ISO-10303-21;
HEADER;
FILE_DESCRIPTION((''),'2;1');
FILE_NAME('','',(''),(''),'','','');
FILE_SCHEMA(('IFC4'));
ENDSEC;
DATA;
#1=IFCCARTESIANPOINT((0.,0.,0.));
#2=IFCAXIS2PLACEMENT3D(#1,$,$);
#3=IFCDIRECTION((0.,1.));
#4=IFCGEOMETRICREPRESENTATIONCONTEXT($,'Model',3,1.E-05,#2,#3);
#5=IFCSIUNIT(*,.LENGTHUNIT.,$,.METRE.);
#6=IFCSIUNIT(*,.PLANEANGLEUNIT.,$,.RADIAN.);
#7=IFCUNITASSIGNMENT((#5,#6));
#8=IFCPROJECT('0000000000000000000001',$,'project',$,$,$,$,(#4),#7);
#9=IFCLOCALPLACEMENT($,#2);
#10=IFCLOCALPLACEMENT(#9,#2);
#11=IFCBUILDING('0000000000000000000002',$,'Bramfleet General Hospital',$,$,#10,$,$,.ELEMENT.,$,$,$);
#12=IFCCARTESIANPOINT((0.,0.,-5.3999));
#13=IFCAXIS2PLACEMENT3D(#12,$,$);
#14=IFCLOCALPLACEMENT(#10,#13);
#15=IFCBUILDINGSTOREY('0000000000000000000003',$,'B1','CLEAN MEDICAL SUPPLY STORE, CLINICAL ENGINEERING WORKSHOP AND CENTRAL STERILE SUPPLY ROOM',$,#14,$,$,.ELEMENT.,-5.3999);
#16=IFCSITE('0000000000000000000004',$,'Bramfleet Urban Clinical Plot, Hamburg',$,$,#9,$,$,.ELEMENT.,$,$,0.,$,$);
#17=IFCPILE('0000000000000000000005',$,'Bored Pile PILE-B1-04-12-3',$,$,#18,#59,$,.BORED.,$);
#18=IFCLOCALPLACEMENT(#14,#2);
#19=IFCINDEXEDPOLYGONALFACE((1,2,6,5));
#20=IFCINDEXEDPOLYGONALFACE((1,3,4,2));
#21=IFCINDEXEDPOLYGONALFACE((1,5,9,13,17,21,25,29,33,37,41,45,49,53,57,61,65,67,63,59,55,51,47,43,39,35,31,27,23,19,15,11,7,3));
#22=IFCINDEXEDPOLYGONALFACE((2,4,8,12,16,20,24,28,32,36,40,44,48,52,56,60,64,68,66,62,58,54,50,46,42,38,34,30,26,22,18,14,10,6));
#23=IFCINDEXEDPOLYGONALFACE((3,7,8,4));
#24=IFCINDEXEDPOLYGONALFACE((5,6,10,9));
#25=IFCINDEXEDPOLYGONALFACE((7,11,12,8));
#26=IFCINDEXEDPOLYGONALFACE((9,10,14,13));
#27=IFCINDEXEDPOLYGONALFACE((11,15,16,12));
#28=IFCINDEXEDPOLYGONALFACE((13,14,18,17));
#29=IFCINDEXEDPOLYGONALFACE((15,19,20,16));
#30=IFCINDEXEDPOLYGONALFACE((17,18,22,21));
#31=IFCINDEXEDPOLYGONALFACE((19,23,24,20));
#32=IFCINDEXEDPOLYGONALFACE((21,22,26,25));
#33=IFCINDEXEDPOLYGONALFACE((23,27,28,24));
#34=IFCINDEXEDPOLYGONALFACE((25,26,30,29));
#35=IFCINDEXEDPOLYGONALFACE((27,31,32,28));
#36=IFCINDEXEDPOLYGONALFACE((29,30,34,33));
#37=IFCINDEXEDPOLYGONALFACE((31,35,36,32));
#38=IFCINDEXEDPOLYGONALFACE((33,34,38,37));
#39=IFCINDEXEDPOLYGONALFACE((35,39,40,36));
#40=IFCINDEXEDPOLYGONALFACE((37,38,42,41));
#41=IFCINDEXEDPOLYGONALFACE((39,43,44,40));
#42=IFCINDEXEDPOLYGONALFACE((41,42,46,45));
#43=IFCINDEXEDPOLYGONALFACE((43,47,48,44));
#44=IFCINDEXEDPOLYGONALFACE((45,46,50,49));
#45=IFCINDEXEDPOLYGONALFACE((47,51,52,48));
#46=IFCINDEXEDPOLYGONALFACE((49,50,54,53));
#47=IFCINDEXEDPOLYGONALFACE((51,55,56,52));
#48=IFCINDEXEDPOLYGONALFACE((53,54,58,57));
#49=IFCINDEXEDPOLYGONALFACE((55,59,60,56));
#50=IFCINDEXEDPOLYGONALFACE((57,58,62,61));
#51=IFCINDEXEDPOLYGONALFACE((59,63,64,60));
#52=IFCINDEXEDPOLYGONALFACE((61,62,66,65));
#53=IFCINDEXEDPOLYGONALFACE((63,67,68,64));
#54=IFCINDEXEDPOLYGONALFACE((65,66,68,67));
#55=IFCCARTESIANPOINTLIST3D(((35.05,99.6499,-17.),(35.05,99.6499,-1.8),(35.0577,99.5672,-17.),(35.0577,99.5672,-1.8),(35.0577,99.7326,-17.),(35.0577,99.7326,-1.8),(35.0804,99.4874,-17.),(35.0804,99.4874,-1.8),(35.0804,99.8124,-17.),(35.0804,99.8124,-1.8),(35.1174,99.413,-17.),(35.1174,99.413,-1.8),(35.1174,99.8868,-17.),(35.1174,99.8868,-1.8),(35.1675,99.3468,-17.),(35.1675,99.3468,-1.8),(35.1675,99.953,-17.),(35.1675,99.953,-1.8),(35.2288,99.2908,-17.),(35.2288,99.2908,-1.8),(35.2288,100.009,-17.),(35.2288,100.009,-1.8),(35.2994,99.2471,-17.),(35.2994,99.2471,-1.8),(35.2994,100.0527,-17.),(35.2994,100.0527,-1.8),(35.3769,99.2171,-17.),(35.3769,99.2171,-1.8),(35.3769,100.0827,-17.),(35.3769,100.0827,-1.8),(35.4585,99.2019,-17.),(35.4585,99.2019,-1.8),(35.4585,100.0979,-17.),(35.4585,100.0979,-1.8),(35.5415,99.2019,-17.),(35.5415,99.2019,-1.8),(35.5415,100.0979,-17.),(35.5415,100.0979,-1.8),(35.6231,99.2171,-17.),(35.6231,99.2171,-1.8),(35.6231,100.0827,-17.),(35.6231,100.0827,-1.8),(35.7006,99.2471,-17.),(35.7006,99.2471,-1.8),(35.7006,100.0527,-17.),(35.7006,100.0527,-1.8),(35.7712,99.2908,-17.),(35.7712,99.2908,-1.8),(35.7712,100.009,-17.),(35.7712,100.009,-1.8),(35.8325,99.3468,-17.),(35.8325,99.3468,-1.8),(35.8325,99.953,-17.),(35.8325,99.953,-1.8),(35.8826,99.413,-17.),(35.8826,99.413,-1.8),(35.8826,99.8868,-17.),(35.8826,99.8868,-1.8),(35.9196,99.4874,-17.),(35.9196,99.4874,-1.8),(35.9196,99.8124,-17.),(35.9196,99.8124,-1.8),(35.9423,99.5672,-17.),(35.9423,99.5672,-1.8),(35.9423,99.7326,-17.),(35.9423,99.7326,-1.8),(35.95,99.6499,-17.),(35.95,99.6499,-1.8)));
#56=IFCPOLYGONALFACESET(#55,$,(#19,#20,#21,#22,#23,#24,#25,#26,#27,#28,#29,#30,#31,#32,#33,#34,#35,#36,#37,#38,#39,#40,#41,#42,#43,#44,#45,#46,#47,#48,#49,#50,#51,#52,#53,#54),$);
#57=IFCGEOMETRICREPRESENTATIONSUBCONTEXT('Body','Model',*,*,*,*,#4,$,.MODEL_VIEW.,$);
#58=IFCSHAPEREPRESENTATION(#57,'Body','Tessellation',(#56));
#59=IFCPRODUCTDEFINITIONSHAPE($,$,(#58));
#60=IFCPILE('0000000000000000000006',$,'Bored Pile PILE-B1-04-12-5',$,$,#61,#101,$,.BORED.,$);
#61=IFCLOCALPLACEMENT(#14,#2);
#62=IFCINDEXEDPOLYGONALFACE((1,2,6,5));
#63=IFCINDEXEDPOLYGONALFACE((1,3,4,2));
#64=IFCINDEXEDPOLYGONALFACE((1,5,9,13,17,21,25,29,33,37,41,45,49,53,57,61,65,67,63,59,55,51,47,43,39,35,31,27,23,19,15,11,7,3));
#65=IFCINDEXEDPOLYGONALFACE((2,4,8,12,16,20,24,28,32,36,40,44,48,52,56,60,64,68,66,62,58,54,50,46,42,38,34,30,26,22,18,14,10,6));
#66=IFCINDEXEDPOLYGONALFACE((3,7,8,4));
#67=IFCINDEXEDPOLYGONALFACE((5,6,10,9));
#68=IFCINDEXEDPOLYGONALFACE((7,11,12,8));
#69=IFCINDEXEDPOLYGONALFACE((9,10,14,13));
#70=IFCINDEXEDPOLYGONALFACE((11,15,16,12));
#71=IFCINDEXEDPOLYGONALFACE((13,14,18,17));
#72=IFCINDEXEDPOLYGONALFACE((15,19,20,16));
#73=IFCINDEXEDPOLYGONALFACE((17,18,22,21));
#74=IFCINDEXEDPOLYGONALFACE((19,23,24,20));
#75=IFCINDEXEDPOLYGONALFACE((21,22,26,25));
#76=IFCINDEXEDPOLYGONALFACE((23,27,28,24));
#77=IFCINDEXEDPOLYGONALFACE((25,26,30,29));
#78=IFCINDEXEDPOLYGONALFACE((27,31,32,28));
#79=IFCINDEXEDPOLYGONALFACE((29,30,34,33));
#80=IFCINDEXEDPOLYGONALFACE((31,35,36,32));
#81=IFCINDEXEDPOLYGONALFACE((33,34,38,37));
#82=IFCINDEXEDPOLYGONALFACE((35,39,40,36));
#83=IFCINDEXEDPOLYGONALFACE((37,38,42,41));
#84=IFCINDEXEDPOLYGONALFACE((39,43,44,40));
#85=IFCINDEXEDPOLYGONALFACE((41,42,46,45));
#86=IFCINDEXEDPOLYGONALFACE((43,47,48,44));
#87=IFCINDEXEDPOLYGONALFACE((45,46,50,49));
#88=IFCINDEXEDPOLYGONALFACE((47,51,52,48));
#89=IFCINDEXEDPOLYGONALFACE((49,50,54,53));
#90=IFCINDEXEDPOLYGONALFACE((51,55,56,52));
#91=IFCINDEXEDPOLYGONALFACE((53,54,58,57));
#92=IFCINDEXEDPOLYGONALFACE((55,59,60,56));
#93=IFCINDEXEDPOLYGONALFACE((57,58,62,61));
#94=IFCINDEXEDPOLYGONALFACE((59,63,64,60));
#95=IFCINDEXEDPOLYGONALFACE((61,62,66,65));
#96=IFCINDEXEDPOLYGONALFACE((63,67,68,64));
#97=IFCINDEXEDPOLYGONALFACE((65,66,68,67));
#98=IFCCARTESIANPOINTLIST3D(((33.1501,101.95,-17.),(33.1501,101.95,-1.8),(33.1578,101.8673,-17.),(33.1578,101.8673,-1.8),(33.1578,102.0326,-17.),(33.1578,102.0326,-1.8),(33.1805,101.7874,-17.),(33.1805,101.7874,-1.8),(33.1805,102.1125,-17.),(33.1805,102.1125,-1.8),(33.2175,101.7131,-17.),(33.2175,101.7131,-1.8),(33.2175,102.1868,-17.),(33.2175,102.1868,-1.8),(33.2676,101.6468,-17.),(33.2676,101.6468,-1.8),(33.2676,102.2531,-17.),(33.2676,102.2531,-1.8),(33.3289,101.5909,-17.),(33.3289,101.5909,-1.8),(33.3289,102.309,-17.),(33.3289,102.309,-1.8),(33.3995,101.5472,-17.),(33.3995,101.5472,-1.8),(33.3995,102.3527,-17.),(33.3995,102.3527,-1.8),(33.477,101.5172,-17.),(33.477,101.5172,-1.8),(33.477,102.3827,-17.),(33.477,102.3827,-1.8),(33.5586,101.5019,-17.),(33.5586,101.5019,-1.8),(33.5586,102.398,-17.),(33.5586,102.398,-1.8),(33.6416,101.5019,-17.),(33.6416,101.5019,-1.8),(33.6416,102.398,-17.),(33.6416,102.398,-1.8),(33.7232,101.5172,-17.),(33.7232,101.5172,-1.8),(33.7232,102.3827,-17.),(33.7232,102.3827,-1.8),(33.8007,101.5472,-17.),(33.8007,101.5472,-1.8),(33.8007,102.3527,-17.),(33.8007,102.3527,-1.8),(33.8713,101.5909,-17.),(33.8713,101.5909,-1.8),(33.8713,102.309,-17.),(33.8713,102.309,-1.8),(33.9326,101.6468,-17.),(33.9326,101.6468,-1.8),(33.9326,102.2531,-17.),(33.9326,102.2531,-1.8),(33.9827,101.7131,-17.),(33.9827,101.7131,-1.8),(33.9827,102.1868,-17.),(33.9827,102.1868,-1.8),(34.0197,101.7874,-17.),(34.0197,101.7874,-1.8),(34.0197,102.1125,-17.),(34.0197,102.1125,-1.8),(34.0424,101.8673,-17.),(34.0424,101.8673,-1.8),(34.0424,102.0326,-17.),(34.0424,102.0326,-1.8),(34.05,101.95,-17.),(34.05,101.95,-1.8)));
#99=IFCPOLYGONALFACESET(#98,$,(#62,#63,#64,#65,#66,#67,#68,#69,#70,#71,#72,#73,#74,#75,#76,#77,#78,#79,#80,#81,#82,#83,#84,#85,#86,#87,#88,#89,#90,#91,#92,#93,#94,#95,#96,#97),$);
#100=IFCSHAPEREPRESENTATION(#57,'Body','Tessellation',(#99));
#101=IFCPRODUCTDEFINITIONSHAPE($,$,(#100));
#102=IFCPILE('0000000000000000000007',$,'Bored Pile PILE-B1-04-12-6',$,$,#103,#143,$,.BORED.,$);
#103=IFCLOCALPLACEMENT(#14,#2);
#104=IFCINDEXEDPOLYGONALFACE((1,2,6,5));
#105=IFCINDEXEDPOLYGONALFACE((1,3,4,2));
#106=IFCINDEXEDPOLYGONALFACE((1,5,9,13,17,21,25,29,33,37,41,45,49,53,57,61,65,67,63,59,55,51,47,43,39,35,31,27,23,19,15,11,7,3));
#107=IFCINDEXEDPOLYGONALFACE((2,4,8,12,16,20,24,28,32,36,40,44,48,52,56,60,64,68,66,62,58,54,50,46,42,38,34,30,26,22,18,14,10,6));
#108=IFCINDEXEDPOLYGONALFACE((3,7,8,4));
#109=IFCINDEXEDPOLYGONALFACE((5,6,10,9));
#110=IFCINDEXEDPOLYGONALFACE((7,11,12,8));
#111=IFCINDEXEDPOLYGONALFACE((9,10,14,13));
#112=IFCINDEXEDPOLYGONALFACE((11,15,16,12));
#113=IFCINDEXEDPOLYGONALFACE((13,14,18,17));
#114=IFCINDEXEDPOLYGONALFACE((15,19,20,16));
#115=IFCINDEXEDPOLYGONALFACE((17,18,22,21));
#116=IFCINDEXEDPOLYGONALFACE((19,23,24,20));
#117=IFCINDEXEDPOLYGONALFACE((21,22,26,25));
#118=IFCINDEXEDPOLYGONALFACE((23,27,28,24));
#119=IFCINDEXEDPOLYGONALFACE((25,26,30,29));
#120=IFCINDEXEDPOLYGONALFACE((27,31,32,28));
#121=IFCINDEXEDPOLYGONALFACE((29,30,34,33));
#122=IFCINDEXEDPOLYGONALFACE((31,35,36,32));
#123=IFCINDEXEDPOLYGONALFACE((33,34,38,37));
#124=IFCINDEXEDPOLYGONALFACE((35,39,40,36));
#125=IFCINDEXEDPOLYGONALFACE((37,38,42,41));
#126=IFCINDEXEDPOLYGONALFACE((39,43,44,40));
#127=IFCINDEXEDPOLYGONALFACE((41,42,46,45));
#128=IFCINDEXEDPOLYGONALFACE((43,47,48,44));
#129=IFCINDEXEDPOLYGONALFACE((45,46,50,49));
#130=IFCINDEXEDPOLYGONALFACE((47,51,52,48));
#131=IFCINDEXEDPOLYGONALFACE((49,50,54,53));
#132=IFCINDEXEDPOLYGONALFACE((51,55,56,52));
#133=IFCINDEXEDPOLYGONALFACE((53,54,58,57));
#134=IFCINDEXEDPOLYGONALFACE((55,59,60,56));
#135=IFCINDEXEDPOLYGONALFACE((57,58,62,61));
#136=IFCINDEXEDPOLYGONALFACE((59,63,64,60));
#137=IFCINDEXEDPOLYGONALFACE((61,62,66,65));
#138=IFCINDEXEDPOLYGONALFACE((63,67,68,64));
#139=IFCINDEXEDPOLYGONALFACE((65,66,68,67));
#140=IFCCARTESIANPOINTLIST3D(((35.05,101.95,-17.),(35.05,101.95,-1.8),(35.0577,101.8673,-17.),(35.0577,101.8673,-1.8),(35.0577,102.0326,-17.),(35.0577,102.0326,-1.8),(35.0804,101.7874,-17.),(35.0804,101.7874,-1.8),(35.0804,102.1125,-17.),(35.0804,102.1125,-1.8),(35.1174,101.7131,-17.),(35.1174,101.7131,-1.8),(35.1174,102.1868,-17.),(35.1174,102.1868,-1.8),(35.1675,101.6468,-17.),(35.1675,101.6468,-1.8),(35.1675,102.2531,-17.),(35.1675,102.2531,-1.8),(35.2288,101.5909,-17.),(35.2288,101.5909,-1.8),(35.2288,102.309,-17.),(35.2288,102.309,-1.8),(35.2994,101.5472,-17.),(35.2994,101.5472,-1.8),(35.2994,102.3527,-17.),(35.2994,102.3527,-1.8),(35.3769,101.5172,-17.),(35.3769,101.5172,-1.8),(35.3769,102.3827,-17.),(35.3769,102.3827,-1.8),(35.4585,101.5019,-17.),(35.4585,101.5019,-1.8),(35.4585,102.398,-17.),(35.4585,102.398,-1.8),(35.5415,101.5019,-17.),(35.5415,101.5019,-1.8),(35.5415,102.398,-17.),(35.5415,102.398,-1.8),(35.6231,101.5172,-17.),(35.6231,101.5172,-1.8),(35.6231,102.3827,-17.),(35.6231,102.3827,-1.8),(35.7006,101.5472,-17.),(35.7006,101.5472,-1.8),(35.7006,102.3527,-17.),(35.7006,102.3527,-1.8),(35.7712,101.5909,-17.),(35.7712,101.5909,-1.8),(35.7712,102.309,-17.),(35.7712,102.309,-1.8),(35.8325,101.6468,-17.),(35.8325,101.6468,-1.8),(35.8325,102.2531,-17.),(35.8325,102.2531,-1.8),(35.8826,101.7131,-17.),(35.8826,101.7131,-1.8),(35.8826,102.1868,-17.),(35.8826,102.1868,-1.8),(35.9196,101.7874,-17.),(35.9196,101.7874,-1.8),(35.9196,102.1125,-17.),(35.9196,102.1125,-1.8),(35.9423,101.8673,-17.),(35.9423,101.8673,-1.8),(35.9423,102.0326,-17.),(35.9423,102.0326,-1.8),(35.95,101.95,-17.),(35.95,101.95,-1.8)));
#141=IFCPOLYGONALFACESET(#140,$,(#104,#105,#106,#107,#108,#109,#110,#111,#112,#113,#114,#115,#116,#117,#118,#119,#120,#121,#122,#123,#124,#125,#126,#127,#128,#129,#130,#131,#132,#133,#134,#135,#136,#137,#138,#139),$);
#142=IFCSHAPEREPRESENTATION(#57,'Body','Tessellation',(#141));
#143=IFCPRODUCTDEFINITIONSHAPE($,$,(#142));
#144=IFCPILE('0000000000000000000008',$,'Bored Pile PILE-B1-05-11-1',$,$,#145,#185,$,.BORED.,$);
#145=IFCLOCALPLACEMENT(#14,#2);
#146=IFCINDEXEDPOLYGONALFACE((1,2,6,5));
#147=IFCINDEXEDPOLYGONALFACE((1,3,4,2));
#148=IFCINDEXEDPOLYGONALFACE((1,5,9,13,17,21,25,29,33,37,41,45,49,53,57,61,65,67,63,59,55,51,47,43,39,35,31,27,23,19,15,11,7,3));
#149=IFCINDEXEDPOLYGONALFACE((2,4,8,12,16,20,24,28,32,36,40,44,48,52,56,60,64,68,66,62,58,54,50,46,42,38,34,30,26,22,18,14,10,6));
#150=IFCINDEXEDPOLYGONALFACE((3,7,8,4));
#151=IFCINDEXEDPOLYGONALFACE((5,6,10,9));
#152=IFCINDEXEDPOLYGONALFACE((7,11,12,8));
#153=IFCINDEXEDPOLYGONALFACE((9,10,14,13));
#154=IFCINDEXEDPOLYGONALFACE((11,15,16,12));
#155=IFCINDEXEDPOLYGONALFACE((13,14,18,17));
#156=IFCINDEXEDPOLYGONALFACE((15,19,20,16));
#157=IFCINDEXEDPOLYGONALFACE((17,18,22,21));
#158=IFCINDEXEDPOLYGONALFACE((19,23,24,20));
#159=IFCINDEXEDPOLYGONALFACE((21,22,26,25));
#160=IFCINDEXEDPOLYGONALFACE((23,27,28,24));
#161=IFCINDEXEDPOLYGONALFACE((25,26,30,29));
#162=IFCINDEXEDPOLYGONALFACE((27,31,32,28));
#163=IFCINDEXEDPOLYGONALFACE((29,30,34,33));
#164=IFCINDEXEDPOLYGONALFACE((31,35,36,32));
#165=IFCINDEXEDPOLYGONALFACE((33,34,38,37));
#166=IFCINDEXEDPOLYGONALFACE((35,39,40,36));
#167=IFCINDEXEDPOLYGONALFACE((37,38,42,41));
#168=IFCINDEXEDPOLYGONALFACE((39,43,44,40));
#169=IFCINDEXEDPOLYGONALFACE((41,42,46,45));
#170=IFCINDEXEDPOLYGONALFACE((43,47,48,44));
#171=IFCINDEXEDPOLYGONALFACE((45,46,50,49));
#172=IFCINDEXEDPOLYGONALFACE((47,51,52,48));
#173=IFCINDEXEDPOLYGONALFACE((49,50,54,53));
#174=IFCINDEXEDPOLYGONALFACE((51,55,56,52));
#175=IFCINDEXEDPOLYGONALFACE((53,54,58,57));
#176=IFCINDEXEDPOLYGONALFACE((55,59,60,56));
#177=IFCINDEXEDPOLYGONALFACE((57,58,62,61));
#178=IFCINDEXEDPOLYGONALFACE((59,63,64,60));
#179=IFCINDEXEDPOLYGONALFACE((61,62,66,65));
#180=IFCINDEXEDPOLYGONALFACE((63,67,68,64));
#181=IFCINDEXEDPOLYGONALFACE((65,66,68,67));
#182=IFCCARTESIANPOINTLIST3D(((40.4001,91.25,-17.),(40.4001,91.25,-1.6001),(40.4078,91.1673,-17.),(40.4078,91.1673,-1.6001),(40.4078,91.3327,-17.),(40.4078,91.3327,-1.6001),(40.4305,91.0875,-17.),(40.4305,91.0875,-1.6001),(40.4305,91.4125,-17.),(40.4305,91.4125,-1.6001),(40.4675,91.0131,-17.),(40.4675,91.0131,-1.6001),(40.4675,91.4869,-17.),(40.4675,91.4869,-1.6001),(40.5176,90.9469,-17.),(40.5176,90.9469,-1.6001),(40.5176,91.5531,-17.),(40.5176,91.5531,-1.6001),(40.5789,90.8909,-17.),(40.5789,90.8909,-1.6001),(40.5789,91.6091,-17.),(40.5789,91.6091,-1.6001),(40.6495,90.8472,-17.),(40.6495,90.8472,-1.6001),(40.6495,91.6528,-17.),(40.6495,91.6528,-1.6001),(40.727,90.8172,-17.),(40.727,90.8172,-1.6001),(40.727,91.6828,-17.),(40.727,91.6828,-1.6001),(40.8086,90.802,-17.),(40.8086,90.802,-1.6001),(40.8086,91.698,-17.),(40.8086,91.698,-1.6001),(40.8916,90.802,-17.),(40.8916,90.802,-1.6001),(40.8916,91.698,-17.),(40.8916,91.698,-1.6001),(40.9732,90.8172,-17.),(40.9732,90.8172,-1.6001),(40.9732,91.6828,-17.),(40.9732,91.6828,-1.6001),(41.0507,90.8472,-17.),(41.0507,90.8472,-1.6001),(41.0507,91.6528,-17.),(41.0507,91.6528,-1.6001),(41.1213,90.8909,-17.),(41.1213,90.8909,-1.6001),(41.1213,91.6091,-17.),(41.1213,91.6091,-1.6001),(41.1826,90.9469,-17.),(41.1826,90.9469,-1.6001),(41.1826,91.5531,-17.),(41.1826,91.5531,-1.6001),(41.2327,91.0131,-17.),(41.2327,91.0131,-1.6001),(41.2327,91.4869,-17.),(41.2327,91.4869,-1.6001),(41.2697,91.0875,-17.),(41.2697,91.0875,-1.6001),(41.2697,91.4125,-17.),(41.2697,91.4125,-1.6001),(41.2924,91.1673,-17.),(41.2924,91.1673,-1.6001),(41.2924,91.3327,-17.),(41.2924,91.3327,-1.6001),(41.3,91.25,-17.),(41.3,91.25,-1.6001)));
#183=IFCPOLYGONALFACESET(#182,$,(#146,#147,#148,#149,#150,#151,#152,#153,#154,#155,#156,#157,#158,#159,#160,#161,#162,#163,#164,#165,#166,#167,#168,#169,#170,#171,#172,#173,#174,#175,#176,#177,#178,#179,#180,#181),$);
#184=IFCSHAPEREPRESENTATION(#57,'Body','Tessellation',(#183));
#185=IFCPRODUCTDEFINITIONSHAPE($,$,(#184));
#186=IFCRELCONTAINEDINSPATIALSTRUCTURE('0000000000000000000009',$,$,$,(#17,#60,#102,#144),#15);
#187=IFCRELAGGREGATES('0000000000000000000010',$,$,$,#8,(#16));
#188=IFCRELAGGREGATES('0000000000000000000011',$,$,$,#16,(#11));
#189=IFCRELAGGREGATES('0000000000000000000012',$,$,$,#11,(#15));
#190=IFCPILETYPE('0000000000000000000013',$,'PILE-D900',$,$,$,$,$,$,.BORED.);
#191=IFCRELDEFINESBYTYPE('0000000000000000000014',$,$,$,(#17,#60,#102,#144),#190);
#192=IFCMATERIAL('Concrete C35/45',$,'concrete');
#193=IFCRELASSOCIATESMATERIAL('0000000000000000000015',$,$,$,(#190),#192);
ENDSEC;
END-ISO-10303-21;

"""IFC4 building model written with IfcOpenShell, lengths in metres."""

from ifc_helpers import new_model, si_unit, direction, frame, origin, origin_2d, place, context, subcontext, project, spatial, circle, extrude, material, material_profile, profile_set, type_object, element, save


model = new_model("IFC4")

# Units and contexts
model_context = context("Model", 3, precision=1e-05, world=origin(), true_north=direction((0.0, 1.0)))
body_context = subcontext(model_context, "Body", "Model", "MODEL_VIEW")
ifc_project = project(units=[si_unit("LENGTHUNIT", "METRE"), si_unit("PLANEANGLEUNIT", "RADIAN")], contexts=[model_context])

# Site, building, storey
site_placement = place(None, origin())
site = spatial("IfcSite", under=ifc_project, at=site_placement, Name="Bramfleet Urban Clinical Plot, Hamburg", CompositionType="ELEMENT", RefElevation=0.0)
building_placement = place(site_placement, origin())
building = spatial("IfcBuilding", under=site, at=building_placement, Name="Bramfleet General Hospital", CompositionType="ELEMENT")
storey_placement = place(building_placement, frame((0.0, 0.0, -5.3999)))
storey = spatial("IfcBuildingStorey", under=building, at=storey_placement, Name="B1", Description="CLEAN MEDICAL SUPPLY STORE, CLINICAL ENGINEERING WORKSHOP AND CENTRAL STERILE SUPPLY ROOM", CompositionType="ELEMENT", Elevation=-5.3999)

# Shared definitions
ifc_material_1 = material(Name="Concrete C35/45", Category="concrete")

# Piles
ifc_material_profile_1 = material_profile(ifc_material_1, circle(Radius=0.45, at=origin_2d()), Name="PILE BORED D900")
ifc_profile_set_1 = profile_set([ifc_material_profile_1], Name="Concrete C35/45")
pile_type = type_object("IfcPileType", Name="PILE-D900", PredefinedType="BORED", material=ifc_profile_set_1)
for number, where, z_axis, x_axis, name in (
    (1, (35.5, 99.6499, -1.8), (0.0, 0.0, -1.0), (1.0, 0.0, 0.0), "Bored Pile PILE-B1-04-12-3"),
    (2, (33.6001, 101.95, -1.8), (0.0, 0.0, -1.0), (1.0, 0.0, 0.0), "Bored Pile PILE-B1-04-12-5"),
    (3, (35.5, 101.95, -1.8), (0.0, 0.0, -1.0), (1.0, 0.0, 0.0), "Bored Pile PILE-B1-04-12-6"),
):
    element("IfcPile", number, at=place(storey_placement, frame(where, z_axis=z_axis, x_axis=x_axis)), inside=storey, type_object=pile_type, Name=name, PredefinedType="BORED", context=body_context, shape_type="SweptSolid", body=[
        extrude(circle(Radius=0.45, at=origin_2d()), origin(), (0.0, 0.0, 1.0), 15.2),
    ])
for number, where, z_axis, x_axis, name in (
    (4, (40.8501, 91.25, -1.6001), (0.0, 0.0, -1.0), (1.0, 0.0, 0.0), "Bored Pile PILE-B1-05-11-1"),
):
    element("IfcPile", number, at=place(storey_placement, frame(where, z_axis=z_axis, x_axis=x_axis)), inside=storey, type_object=pile_type, Name=name, PredefinedType="BORED", context=body_context, shape_type="SweptSolid", body=[
        extrude(circle(Radius=0.45, at=origin_2d()), origin(), (0.0, 0.0, 1.0), 15.3999),
    ])

save(model, "model.ifc")
